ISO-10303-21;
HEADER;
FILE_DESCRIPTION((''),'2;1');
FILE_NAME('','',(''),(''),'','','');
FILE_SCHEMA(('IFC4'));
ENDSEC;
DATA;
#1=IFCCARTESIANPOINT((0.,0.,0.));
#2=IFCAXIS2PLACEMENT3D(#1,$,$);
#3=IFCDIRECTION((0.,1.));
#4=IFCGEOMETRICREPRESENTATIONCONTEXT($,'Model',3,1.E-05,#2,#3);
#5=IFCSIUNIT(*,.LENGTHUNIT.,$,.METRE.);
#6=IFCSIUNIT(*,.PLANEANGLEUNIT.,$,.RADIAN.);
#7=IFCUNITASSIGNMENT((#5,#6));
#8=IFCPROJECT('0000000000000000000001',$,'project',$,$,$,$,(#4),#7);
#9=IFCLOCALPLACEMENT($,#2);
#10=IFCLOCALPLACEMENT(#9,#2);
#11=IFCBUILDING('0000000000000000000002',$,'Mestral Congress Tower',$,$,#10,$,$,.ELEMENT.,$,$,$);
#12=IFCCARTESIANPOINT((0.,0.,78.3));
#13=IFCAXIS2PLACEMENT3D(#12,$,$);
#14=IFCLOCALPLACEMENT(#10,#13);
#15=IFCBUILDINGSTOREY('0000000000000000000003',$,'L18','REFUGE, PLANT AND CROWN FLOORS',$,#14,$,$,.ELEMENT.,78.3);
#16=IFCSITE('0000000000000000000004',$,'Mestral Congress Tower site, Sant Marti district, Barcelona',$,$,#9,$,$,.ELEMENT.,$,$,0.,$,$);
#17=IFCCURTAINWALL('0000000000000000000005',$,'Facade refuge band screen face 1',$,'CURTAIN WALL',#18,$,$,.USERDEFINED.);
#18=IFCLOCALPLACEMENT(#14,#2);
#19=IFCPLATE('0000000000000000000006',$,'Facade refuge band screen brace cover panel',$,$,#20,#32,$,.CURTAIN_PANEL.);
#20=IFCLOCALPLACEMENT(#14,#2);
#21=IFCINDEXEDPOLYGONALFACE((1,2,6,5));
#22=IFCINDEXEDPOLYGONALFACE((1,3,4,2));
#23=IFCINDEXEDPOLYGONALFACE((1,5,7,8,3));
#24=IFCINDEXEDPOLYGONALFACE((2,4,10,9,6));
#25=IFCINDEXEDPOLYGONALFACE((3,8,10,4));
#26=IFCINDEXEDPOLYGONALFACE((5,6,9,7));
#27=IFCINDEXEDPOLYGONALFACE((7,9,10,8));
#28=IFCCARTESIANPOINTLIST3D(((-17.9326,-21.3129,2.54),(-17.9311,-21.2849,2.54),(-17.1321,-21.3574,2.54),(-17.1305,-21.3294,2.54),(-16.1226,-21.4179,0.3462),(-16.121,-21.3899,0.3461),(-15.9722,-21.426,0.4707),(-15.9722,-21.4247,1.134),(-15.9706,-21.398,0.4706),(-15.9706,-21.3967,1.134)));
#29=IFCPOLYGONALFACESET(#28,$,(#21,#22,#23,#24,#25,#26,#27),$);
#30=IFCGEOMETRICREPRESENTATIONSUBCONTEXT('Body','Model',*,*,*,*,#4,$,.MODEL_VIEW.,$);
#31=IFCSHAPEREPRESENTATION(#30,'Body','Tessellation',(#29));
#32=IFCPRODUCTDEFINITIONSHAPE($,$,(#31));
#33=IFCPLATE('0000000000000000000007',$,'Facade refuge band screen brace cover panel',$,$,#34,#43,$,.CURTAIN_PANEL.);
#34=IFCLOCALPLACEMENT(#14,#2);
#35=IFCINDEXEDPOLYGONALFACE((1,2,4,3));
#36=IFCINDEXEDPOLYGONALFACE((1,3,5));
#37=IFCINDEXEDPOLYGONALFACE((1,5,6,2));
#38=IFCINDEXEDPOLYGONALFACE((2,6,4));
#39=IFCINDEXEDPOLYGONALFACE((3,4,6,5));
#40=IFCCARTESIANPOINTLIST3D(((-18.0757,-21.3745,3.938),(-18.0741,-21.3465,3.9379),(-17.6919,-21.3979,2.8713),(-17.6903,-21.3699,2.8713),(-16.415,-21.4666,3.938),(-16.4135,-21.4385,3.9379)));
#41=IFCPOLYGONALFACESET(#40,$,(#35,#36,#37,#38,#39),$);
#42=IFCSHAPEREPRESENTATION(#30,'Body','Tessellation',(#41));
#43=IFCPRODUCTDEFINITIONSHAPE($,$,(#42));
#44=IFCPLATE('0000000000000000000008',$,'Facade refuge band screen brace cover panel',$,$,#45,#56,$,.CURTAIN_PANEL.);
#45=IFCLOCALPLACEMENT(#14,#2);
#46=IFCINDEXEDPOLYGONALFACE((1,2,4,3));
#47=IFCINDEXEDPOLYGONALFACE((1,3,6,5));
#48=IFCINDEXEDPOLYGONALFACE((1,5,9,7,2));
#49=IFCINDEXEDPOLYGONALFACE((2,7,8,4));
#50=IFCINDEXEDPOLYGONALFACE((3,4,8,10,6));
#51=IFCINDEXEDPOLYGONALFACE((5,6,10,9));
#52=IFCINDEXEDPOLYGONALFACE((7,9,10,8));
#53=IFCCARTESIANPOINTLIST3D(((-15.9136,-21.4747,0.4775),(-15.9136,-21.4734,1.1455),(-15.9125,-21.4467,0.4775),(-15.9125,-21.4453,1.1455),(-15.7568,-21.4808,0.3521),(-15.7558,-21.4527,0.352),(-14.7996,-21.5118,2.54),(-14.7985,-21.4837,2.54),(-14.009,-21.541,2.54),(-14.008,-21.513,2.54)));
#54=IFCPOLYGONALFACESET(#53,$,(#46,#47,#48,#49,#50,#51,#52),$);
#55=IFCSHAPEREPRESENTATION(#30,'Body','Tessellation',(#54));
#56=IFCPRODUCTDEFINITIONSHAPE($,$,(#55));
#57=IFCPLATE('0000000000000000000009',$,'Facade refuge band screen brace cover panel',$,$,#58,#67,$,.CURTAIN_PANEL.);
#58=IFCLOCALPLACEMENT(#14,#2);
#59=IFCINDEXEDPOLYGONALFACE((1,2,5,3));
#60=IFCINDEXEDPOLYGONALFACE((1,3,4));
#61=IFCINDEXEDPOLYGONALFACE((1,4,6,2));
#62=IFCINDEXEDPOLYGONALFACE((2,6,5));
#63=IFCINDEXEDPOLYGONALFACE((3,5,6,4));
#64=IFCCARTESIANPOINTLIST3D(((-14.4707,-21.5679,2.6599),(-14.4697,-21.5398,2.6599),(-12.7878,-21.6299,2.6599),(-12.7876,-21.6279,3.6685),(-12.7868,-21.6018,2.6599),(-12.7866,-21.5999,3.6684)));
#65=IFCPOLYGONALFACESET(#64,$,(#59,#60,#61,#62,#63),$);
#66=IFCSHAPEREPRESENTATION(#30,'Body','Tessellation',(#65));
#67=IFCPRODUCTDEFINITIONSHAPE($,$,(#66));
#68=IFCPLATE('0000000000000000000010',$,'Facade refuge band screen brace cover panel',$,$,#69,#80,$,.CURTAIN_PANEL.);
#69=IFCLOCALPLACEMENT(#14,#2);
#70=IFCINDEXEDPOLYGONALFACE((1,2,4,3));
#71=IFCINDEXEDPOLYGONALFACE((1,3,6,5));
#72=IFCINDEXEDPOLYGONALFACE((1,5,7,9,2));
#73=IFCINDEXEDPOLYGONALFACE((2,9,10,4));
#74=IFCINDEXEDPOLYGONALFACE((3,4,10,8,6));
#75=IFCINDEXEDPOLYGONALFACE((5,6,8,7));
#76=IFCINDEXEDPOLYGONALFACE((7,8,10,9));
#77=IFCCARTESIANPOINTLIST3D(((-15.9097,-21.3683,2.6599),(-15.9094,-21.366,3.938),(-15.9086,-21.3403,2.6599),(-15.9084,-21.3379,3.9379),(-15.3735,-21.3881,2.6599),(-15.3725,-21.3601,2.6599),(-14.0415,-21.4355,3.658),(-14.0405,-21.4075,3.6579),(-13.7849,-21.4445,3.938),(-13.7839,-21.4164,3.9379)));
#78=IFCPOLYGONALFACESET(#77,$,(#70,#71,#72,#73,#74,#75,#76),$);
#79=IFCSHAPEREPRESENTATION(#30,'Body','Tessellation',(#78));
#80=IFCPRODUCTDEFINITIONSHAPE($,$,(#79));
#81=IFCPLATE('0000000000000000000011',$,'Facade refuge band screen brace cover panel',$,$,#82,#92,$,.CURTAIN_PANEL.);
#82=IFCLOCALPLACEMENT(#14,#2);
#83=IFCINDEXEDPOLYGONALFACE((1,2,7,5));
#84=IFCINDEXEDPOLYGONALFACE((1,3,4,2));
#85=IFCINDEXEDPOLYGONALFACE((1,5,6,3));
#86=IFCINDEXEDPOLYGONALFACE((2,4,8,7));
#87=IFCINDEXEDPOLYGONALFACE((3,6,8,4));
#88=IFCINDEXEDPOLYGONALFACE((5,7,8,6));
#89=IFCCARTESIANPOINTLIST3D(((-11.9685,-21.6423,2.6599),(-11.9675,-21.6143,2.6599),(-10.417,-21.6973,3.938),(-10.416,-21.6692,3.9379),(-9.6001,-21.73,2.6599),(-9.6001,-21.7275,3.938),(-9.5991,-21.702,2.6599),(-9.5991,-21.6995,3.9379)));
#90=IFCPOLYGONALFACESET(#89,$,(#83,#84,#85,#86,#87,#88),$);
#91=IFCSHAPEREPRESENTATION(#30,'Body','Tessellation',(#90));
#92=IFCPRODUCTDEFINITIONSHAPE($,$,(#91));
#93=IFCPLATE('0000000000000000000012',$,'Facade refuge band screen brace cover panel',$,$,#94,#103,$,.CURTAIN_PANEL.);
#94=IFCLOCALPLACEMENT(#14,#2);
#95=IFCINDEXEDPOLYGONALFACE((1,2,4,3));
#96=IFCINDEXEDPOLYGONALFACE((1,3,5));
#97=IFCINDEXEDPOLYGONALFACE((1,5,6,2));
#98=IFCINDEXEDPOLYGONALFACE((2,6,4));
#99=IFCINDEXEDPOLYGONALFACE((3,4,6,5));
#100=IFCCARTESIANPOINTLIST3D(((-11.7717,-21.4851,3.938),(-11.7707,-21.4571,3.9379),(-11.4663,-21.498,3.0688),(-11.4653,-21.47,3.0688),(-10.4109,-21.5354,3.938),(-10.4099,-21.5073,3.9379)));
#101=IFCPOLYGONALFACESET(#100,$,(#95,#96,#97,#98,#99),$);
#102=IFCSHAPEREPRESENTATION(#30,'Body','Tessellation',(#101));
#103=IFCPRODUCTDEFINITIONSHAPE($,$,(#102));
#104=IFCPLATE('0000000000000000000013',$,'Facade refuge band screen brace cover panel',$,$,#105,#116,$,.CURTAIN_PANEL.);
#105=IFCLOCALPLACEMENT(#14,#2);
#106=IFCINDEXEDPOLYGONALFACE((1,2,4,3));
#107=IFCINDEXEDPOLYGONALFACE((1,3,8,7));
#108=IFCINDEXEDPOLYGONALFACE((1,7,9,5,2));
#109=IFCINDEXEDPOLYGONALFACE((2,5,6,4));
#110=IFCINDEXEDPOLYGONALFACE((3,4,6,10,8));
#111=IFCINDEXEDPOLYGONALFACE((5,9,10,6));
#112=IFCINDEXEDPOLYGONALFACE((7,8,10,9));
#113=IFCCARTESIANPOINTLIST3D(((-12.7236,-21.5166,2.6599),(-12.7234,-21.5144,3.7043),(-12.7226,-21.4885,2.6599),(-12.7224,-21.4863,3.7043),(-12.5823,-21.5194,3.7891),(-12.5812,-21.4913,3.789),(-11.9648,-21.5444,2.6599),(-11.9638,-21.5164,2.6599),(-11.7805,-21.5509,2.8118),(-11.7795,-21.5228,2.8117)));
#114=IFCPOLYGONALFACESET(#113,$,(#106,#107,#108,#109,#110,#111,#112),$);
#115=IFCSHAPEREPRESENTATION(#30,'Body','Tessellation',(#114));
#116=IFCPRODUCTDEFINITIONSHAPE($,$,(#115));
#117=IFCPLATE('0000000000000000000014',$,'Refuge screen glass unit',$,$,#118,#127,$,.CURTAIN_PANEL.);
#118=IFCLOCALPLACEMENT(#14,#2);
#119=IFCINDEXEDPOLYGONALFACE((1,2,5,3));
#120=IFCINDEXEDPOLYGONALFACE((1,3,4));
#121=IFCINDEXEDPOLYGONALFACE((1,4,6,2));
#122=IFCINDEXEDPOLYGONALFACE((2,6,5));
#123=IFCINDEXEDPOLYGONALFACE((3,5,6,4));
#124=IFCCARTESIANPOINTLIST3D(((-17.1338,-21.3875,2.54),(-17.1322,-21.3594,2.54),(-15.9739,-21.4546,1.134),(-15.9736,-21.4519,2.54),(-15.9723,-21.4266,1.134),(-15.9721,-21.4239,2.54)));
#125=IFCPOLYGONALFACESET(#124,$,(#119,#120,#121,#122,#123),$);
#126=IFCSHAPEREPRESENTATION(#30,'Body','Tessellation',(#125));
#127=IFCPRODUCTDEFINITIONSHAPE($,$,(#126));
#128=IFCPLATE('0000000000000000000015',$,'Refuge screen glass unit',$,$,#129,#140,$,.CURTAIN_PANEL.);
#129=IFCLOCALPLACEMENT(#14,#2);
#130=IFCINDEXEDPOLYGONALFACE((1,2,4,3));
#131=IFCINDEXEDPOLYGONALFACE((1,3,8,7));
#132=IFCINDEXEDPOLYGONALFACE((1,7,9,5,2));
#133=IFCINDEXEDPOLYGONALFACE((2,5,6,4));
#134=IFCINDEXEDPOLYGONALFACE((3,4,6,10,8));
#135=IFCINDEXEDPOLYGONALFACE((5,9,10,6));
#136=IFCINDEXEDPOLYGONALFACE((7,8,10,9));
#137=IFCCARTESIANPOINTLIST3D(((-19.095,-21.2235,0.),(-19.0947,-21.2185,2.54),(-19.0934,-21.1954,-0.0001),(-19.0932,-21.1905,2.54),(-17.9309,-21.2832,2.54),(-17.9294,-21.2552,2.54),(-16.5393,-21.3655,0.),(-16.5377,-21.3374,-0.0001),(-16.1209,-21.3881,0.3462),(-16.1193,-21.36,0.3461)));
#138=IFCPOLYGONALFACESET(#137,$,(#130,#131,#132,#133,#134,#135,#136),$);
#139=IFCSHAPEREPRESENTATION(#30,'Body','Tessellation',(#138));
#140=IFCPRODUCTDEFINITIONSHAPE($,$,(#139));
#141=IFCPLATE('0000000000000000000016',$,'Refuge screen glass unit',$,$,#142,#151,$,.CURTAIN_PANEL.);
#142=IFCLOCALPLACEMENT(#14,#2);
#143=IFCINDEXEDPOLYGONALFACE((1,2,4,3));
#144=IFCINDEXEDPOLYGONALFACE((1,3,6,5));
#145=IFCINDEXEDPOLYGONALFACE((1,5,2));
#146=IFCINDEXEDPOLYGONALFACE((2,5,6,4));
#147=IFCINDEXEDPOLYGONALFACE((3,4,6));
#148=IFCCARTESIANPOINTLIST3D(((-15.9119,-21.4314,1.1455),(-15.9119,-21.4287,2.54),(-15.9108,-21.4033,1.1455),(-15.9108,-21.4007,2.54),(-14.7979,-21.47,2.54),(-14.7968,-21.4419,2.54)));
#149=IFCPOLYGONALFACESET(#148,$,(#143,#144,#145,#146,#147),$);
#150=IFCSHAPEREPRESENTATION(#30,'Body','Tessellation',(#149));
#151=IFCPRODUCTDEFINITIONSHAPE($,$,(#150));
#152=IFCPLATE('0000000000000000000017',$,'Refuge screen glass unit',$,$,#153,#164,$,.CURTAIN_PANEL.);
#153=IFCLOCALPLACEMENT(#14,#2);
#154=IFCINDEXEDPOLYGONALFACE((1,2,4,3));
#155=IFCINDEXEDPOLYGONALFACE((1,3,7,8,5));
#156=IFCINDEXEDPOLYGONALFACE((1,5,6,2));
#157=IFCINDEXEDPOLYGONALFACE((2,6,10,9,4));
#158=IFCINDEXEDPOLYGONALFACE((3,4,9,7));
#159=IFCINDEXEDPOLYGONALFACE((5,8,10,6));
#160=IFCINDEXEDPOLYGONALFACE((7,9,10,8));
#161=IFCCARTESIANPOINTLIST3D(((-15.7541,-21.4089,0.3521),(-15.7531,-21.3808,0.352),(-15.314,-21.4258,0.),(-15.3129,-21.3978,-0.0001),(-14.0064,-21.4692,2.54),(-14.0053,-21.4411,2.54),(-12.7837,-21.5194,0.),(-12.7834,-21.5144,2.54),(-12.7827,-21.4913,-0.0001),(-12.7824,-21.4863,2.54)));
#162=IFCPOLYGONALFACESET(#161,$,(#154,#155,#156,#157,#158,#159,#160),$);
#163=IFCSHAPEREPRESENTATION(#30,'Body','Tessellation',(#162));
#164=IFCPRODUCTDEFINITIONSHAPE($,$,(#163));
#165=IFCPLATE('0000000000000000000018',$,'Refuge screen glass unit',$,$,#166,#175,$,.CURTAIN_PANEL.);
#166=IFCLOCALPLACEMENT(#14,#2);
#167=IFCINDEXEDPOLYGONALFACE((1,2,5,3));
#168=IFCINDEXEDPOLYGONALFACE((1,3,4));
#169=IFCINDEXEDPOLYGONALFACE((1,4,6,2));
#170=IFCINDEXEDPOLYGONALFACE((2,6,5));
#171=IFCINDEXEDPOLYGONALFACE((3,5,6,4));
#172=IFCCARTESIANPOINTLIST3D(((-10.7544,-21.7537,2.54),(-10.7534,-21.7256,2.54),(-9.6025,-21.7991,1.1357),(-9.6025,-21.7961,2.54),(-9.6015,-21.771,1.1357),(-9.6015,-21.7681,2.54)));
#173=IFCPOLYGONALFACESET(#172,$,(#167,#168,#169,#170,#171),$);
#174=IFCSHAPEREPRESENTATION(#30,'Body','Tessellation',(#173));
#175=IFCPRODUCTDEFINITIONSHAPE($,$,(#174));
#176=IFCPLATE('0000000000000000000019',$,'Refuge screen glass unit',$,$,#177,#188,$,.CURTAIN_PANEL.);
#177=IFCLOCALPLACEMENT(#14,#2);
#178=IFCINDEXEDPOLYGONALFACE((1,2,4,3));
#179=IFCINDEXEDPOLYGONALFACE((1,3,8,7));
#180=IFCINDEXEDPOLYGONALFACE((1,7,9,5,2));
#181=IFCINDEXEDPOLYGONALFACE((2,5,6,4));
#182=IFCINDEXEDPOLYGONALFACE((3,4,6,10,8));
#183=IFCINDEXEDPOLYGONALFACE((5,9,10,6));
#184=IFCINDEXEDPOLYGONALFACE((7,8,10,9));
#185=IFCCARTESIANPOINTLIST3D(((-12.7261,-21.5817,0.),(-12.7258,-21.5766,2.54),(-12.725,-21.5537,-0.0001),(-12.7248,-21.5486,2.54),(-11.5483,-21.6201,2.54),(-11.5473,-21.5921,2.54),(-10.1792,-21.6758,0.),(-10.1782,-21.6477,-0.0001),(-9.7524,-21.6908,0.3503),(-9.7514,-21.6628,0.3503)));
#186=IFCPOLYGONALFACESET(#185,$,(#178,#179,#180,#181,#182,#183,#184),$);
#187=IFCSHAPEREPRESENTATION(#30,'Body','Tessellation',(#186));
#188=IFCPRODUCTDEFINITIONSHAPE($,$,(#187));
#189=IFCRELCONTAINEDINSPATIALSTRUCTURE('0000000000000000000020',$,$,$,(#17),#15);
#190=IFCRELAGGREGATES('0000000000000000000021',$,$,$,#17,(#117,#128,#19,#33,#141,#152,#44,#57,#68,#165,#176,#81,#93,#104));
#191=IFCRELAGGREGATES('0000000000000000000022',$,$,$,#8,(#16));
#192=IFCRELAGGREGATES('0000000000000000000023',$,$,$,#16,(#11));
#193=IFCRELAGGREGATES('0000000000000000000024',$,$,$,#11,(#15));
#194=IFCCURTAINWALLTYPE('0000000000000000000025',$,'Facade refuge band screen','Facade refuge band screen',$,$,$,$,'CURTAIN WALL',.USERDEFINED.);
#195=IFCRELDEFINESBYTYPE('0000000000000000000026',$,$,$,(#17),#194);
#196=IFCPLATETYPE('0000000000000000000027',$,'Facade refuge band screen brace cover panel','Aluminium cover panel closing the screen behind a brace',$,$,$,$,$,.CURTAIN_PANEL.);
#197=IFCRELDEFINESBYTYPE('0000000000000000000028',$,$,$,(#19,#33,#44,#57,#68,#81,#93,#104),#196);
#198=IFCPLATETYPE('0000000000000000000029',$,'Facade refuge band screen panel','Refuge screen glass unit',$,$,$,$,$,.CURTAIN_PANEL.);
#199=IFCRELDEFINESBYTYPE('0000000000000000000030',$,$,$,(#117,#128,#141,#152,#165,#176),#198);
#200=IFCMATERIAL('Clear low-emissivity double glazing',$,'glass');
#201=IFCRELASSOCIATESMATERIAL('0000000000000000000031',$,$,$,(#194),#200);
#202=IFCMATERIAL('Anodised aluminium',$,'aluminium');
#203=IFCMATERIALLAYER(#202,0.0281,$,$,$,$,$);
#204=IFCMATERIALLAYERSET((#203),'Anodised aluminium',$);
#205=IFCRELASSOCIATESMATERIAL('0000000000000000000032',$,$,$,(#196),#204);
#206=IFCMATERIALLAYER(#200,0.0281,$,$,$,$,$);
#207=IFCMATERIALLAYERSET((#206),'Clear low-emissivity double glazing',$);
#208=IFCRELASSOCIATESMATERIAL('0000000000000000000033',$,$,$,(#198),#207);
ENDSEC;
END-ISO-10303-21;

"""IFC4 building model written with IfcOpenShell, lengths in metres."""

from ifc_helpers import new_model, si_unit, direction, frame, origin, place, context, subcontext, project, spatial, polyline, outline, extrude, material, layer, layer_set, type_object, element, aggregate, save


model = new_model("IFC4")

# Units and contexts
model_context = context("Model", 3, precision=1e-05, world=origin(), true_north=direction((0.0, 1.0)))
body_context = subcontext(model_context, "Body", "Model", "MODEL_VIEW")
ifc_project = project(units=[si_unit("LENGTHUNIT", "METRE"), si_unit("PLANEANGLEUNIT", "RADIAN")], contexts=[model_context])

# Site, building, storey
site_placement = place(None, origin())
site = spatial("IfcSite", under=ifc_project, at=site_placement, Name="Mestral Congress Tower site, Sant Marti district, Barcelona", CompositionType="ELEMENT", RefElevation=0.0)
building_placement = place(site_placement, origin())
building = spatial("IfcBuilding", under=site, at=building_placement, Name="Mestral Congress Tower", CompositionType="ELEMENT")
storey_placement = place(building_placement, frame((0.0, 0.0, 78.3)))
storey = spatial("IfcBuildingStorey", under=building, at=storey_placement, Name="L18", Description="REFUGE, PLANT AND CROWN FLOORS", CompositionType="ELEMENT", Elevation=78.3)

# Curtain wall
ifc_material_1 = material(Name="Clear low-emissivity double glazing", Category="glass")
curtain_wall_type = type_object("IfcCurtainWallType", Name="Facade refuge band screen", Description="Facade refuge band screen", ElementType="CURTAIN WALL", PredefinedType="USERDEFINED", material=ifc_material_1)
curtain_wall_placement = place(storey_placement, origin())
curtain_wall = element("IfcCurtainWall", 1, at=curtain_wall_placement, inside=storey, type_object=curtain_wall_type, Name="Facade refuge band screen face 1", ObjectType="CURTAIN WALL", PredefinedType="USERDEFINED")
ifc_material_2 = material(Name="Anodised aluminium", Category="aluminium")

# Plates
ifc_layer_1 = layer(ifc_material_2, 0.0281)
ifc_layer_set_1 = layer_set([ifc_layer_1], Name="Anodised aluminium")
plate_type_1 = type_object("IfcPlateType", Name="Facade refuge band screen brace cover panel", Description="Aluminium cover panel closing the screen behind a brace", PredefinedType="CURTAIN_PANEL", material=ifc_layer_set_1)
plate_1_placement = place(storey_placement, frame((-15.9722, -21.426, 0.4707), z_axis=(-0.055486, -0.998457, 0.00201), x_axis=(-0.769598, 0.041485, -0.63718)))
plate_1 = element("IfcPlate", 2, at=plate_1_placement, type_object=plate_type_1, Name="Facade refuge band screen brace cover panel", PredefinedType="CURTAIN_PANEL", context=body_context, shape_type="SweptSolid", body=[
    extrude(outline(polyline([(0.0, 0.0), (0.1954, 0.0), (0.1949, -2.8461), (-0.423, -2.3352), (-0.4226, -0.5113), (0.0, 0.0)])), origin(), (0.0, 0.0, -1.0), 0.0281),
])
plate_2_placement = place(storey_placement, frame((-16.415, -21.4666, 3.938), z_axis=(-0.05534, -0.998466, 0.002028), x_axis=(-0.766799, 0.041199, -0.640563)))
plate_2 = element("IfcPlate", 3, at=plate_2_placement, type_object=plate_type_1, Name="Facade refuge band screen brace cover panel", PredefinedType="CURTAIN_PANEL", context=body_context, shape_type="SweptSolid", body=[
    extrude(outline(polyline([(0.0, 0.0), (1.6652, 0.0), (1.2772, -1.0654), (0.0, 0.0)])), origin(), (0.0, 0.0, -1.0), 0.0281),
])
plate_3_placement = place(storey_placement, frame((-14.009, -21.541, 2.54), z_axis=(-0.03696, -0.999315, 0.002013), x_axis=(-0.623986, 0.021505, -0.78114)))
plate_3 = element("IfcPlate", 4, at=plate_3_placement, type_object=plate_type_1, Name="Facade refuge band screen brace cover panel", PredefinedType="CURTAIN_PANEL", context=body_context, shape_type="SweptSolid", body=[
    extrude(outline(polyline([(0.0, 0.0), (2.801, 0.0), (2.8009, -0.2009), (2.2792, -0.618), (0.4939, -0.6179), (0.0, 0.0)])), origin(), (0.0, 0.0, -1.0), 0.0281),
])
plate_4_placement = place(storey_placement, frame((-12.7878, -21.6299, 2.6599), z_axis=(-0.036824, -0.99932, 0.001944), x_axis=(-0.999322, 0.036824, 0.0)))
plate_4 = element("IfcPlate", 5, at=plate_4_placement, type_object=plate_type_1, Name="Facade refuge band screen brace cover panel", PredefinedType="CURTAIN_PANEL", context=body_context, shape_type="SweptSolid", body=[
    extrude(outline(polyline([(0.0, 0.0), (1.684, 0.0), (-0.0002, -1.0085), (0.0, 0.0)])), origin(), (0.0, 0.0, -1.0), 0.0281),
])
plate_5_placement = place(storey_placement, frame((-15.9094, -21.366, 3.938), z_axis=(-0.036932, -0.999316, 0.001848), x_axis=(0.999318, -0.036932, 0.0)))
plate_5 = element("IfcPlate", 6, at=plate_5_placement, type_object=plate_type_1, Name="Facade refuge band screen brace cover panel", PredefinedType="CURTAIN_PANEL", context=body_context, shape_type="SweptSolid", body=[
    extrude(outline(polyline([(0.0, 0.0), (2.126, 0.0), (1.8692, -0.28), (0.5363, -1.2781), (-0.0002, -1.2781), (0.0, 0.0)])), origin(), (0.0, 0.0, -1.0), 0.0281),
])
plate_6_placement = place(storey_placement, frame((-9.6001, -21.7275, 3.938), z_axis=(-0.036995, -0.999314, 0.001934), x_axis=(-0.000001, -0.001935, -0.999998)))
plate_6 = element("IfcPlate", 7, at=plate_6_placement, type_object=plate_type_1, Name="Facade refuge band screen brace cover panel", PredefinedType="CURTAIN_PANEL", context=body_context, shape_type="SweptSolid", body=[
    extrude(outline(polyline([(0.0, 0.0), (1.2781, 0.0), (1.2779, -2.37), (-0.0001, -0.8175), (0.0, 0.0)])), origin(), (0.0, 0.0, -1.0), 0.0281),
])
plate_7_placement = place(storey_placement, frame((-10.4109, -21.5354, 3.938), z_axis=(-0.036932, -0.999316, 0.001899), x_axis=(-0.771653, 0.02731, -0.635458)))
plate_7 = element("IfcPlate", 8, at=plate_7_placement, type_object=plate_type_1, Name="Facade refuge band screen brace cover panel", PredefinedType="CURTAIN_PANEL", context=body_context, shape_type="SweptSolid", body=[
    extrude(outline(polyline([(0.0, 0.0), (1.3677, 0.0), (1.0515, -0.8653), (0.0, 0.0)])), origin(), (0.0, 0.0, -1.0), 0.0281),
])
plate_8_placement = place(storey_placement, frame((-11.9648, -21.5444, 2.6599), z_axis=(-0.036692, -0.999324, 0.002095), x_axis=(-0.999327, 0.036692, 0.000001)))
plate_8 = element("IfcPlate", 9, at=plate_8_placement, type_object=plate_type_1, Name="Facade refuge band screen brace cover panel", PredefinedType="CURTAIN_PANEL", context=body_context, shape_type="SweptSolid", body=[
    extrude(outline(polyline([(0.0, 0.0), (0.7593, 0.0), (0.7591, -1.0444), (0.6179, -1.1292), (-0.1844, -0.1519), (0.0, 0.0)])), origin(), (0.0, 0.0, -1.0), 0.0281),
])
ifc_layer_2 = layer(ifc_material_1, 0.0281)
ifc_layer_set_2 = layer_set([ifc_layer_2], Name="Clear low-emissivity double glazing")
plate_type_2 = type_object("IfcPlateType", Name="Facade refuge band screen panel", Description="Refuge screen glass unit", PredefinedType="CURTAIN_PANEL", material=ifc_layer_set_2)
plate_9_placement = place(storey_placement, frame((-15.9736, -21.4519, 2.54), z_axis=(-0.05547, -0.998459, 0.001917), x_axis=(-0.000174, -0.00191, -0.999998)))
plate_9 = element("IfcPlate", 10, at=plate_9_placement, type_object=plate_type_2, Name="Refuge screen glass unit", PredefinedType="CURTAIN_PANEL", context=body_context, shape_type="SweptSolid", body=[
    extrude(outline(polyline([(0.0, 0.0), (1.406, 0.0), (0.0001, -1.1619), (0.0, 0.0)])), origin(), (0.0, 0.0, -1.0), 0.0281),
])
plate_10_placement = place(storey_placement, frame((-16.5393, -21.3655, 0.0), z_axis=(-0.055479, -0.998458, 0.001944), x_axis=(-0.99846, 0.055479, 0.0)))
plate_10 = element("IfcPlate", 11, at=plate_10_placement, type_object=plate_type_2, Name="Refuge screen glass unit", PredefinedType="CURTAIN_PANEL", context=body_context, shape_type="SweptSolid", body=[
    extrude(outline(polyline([(0.0, 0.0), (2.5596, 0.0), (2.5596, -2.54), (1.394, -2.54), (-0.4191, -0.3462), (0.0, 0.0)])), origin(), (0.0, 0.0, -1.0), 0.0281),
])
plate_11_placement = place(storey_placement, frame((-15.9119, -21.4287, 2.54), z_axis=(-0.037012, -0.999313, 0.001924), x_axis=(0.999315, -0.037012, 0.0)))
plate_11 = element("IfcPlate", 12, at=plate_11_placement, type_object=plate_type_2, Name="Refuge screen glass unit", PredefinedType="CURTAIN_PANEL", context=body_context, shape_type="SweptSolid", body=[
    extrude(outline(polyline([(0.0, 0.0), (1.1148, 0.0), (0.0001, -1.3945), (0.0, 0.0)])), origin(), (0.0, 0.0, -1.0), 0.0281),
])
plate_12_placement = place(storey_placement, frame((-12.7834, -21.5144, 2.54), z_axis=(-0.03695, -0.999315, 0.001971), x_axis=(-0.000098, -0.001969, -0.999998)))
plate_12 = element("IfcPlate", 13, at=plate_12_placement, type_object=plate_type_2, Name="Refuge screen glass unit", PredefinedType="CURTAIN_PANEL", context=body_context, shape_type="SweptSolid", body=[
    extrude(outline(polyline([(0.0, 0.0), (2.54, 0.0), (2.5401, -2.532), (2.1881, -2.9725), (0.0, -1.2237), (0.0, 0.0)])), origin(), (0.0, 0.0, -1.0), 0.0281),
])
plate_13_placement = place(storey_placement, frame((-9.6025, -21.7961, 2.54), z_axis=(-0.036855, -0.999318, 0.002085), x_axis=(0.0, -0.002086, -0.999998)))
plate_13 = element("IfcPlate", 14, at=plate_13_placement, type_object=plate_type_2, Name="Refuge screen glass unit", PredefinedType="CURTAIN_PANEL", context=body_context, shape_type="SweptSolid", body=[
    extrude(outline(polyline([(0.0, 0.0), (1.4043, 0.0), (-0.0001, -1.1526), (0.0, 0.0)])), origin(), (0.0, 0.0, -1.0), 0.0281),
])
plate_14_placement = place(storey_placement, frame((-10.1792, -21.6758, 0.0), z_axis=(-0.036903, -0.999317, 0.002009), x_axis=(-0.999319, 0.036903, 0.0)))
plate_14 = element("IfcPlate", 15, at=plate_14_placement, type_object=plate_type_2, Name="Refuge screen glass unit", PredefinedType="CURTAIN_PANEL", context=body_context, shape_type="SweptSolid", body=[
    extrude(outline(polyline([(0.0, 0.0), (2.5486, 0.0), (2.5486, -2.54), (1.3703, -2.54), (-0.427, -0.3503), (0.0, 0.0)])), origin(), (0.0, 0.0, -1.0), 0.0281),
])

aggregate(curtain_wall, [plate_9, plate_10, plate_1, plate_2, plate_11, plate_12, plate_3, plate_4, plate_5, plate_13, plate_14, plate_6, plate_7, plate_8])

save(model, "model.ifc")
